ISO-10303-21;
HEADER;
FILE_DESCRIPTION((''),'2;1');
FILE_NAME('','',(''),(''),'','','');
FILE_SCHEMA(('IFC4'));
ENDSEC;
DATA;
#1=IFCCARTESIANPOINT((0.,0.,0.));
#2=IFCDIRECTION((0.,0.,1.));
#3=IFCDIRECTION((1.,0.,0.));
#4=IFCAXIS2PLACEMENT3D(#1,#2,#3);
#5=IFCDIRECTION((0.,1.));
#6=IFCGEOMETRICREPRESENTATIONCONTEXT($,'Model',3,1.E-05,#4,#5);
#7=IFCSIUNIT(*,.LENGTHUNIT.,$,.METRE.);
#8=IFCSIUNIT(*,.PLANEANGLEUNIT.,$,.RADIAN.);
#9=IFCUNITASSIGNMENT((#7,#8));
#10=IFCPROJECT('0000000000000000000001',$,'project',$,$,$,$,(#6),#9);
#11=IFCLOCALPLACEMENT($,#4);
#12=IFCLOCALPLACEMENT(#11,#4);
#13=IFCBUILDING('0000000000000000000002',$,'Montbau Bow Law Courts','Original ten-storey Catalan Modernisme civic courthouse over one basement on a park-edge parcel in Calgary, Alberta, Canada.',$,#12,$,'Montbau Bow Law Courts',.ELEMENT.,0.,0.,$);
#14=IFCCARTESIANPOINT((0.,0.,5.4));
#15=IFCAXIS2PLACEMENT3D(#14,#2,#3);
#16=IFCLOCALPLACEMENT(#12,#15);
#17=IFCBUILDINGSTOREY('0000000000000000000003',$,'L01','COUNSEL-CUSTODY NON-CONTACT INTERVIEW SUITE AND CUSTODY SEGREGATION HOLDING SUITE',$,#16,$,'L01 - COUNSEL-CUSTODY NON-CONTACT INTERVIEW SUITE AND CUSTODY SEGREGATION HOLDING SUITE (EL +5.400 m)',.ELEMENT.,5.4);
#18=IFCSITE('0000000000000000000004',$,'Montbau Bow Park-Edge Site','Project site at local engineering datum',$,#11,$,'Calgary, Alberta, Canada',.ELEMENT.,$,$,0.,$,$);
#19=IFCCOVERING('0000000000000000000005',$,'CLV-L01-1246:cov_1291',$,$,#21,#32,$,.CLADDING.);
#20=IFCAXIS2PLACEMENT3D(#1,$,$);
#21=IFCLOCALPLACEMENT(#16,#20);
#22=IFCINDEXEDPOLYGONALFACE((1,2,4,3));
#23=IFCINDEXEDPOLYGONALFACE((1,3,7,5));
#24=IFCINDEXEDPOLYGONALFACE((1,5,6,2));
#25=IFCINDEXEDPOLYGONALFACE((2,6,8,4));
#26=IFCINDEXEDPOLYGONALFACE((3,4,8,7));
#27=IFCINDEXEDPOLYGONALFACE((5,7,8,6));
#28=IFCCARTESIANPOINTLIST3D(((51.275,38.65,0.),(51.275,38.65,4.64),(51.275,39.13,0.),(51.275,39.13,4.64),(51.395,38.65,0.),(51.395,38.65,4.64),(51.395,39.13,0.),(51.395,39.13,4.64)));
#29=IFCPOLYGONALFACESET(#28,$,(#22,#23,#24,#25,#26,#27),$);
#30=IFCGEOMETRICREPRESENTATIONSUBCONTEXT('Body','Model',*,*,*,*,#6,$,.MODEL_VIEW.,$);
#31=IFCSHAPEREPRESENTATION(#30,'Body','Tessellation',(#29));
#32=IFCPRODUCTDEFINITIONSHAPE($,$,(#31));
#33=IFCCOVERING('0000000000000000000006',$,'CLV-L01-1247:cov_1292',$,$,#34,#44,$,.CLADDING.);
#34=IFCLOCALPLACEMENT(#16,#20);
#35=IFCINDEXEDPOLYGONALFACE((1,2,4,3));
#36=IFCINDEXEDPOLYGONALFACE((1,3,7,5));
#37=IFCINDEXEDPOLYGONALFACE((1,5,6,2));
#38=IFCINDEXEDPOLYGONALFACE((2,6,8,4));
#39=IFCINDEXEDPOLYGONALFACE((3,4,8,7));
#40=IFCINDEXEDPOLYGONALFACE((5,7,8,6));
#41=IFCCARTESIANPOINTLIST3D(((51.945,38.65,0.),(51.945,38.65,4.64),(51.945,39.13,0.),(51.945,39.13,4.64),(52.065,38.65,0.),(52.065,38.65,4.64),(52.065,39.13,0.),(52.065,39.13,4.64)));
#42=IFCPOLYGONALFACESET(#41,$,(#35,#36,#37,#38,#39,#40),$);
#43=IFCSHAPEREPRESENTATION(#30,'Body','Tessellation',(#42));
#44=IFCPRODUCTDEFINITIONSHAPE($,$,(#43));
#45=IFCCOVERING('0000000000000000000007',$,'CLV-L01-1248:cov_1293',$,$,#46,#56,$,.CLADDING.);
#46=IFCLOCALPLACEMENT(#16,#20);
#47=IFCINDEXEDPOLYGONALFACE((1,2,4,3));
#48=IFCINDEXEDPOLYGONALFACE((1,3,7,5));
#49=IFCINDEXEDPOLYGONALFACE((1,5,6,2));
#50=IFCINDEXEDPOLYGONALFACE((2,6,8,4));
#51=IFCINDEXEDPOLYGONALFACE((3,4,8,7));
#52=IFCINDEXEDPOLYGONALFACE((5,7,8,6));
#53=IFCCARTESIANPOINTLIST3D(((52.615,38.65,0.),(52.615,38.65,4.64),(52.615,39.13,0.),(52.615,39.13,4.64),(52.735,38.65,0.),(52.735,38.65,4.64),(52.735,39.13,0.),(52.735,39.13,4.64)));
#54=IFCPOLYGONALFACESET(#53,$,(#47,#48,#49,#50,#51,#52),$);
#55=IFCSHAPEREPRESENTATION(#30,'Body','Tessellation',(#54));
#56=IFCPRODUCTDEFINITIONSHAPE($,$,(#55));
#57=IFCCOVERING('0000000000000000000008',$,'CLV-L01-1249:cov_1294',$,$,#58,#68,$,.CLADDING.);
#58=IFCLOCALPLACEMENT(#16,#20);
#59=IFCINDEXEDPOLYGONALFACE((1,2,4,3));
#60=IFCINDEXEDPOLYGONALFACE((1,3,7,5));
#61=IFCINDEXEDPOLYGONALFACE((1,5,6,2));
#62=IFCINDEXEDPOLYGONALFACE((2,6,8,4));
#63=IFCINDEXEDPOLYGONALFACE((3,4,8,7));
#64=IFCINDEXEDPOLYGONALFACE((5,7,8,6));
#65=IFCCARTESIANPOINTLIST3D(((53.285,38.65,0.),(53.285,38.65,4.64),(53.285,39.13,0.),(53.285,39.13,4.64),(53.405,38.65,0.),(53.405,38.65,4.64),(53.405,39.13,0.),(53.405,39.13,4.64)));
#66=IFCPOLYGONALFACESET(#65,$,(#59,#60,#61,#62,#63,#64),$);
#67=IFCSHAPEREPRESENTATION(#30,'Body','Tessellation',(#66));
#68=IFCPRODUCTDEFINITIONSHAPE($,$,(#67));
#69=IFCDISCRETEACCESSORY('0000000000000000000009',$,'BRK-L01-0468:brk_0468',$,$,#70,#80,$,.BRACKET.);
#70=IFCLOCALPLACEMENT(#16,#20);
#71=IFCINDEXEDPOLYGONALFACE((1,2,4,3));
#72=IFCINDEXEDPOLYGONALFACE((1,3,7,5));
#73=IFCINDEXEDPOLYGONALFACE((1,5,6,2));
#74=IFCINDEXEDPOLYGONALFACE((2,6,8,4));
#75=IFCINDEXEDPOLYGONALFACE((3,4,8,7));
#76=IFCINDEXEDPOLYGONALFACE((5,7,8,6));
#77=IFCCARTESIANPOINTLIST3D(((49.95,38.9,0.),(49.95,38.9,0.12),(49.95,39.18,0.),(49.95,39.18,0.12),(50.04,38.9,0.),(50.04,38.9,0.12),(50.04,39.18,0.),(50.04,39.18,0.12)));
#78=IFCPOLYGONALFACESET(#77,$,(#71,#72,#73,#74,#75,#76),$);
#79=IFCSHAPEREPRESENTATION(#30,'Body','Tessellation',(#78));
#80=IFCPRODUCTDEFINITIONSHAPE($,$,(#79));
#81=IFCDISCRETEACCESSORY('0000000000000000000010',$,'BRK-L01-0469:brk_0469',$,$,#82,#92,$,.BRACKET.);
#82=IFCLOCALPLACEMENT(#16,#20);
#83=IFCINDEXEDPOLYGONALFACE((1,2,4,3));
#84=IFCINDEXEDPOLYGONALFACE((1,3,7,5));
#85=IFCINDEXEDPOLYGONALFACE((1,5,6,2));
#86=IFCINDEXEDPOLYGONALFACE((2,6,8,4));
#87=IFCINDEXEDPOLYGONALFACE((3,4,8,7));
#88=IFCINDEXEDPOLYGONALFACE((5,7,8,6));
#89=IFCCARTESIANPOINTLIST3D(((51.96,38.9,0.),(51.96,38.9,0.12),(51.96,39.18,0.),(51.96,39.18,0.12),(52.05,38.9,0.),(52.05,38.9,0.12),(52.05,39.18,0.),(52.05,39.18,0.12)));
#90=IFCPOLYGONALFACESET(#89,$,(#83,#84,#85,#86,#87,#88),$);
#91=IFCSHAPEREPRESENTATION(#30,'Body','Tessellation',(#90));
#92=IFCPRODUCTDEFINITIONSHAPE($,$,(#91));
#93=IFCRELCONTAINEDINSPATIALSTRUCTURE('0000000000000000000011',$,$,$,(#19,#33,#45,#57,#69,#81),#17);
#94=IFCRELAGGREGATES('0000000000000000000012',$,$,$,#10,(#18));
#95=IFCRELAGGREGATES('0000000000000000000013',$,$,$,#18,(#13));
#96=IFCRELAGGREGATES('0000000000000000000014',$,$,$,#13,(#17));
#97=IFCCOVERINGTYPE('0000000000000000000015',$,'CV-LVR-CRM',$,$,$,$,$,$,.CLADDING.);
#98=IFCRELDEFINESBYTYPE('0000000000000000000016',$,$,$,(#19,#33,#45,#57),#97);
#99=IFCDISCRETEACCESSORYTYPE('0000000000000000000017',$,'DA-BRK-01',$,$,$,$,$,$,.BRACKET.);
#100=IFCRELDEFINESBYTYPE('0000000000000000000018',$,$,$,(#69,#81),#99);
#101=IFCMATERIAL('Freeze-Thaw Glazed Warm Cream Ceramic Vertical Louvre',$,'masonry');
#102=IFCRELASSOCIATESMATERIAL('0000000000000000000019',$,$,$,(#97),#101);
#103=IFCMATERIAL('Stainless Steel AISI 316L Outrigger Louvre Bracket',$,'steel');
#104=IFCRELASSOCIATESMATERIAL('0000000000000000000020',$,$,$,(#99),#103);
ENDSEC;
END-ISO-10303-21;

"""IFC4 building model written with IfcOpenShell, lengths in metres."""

from ifc_helpers import new_model, si_unit, direction, frame, frame_2d, origin_with_axes, origin_2d_with_axis, place, context, subcontext, project, spatial, rectangle, extrude, material, type_object, element, save


model = new_model("IFC4")

# Units and contexts
model_context = context("Model", 3, precision=1e-05, world=origin_with_axes(), true_north=direction((0.0, 1.0)))
body_context = subcontext(model_context, "Body", "Model", "MODEL_VIEW")
ifc_project = project(units=[si_unit("LENGTHUNIT", "METRE"), si_unit("PLANEANGLEUNIT", "RADIAN")], contexts=[model_context])

# Site, building, storey
site_placement = place(None, origin_with_axes())
site = spatial("IfcSite", under=ifc_project, at=site_placement, Name="Montbau Bow Park-Edge Site", Description="Project site at local engineering datum", LongName="Calgary, Alberta, Canada", CompositionType="ELEMENT", RefElevation=0.0)
building_placement = place(site_placement, origin_with_axes())
building = spatial("IfcBuilding", under=site, at=building_placement, Name="Montbau Bow Law Courts", Description="Original ten-storey Catalan Modernisme civic courthouse over one basement on a park-edge parcel in Calgary, Alberta, Canada.", LongName="Montbau Bow Law Courts", CompositionType="ELEMENT", ElevationOfRefHeight=0.0, ElevationOfTerrain=0.0)
storey_placement = place(building_placement, frame((0.0, 0.0, 5.4), z_axis=(0.0, 0.0, 1.0), x_axis=(1.0, 0.0, 0.0)))
storey = spatial("IfcBuildingStorey", under=building, at=storey_placement, Name="L01", Description="COUNSEL-CUSTODY NON-CONTACT INTERVIEW SUITE AND CUSTODY SEGREGATION HOLDING SUITE", LongName="L01 - COUNSEL-CUSTODY NON-CONTACT INTERVIEW SUITE AND CUSTODY SEGREGATION HOLDING SUITE (EL +5.400 m)", CompositionType="ELEMENT", Elevation=5.4)

# Coverings
ifc_material_1 = material(Name="Freeze-Thaw Glazed Warm Cream Ceramic Vertical Louvre", Category="masonry")
covering_type = type_object("IfcCoveringType", Name="CV-LVR-CRM", PredefinedType="CLADDING", material=ifc_material_1)
for number, where, z_axis, x_axis, name in (
    (1, (51.335, 39.13, 5.4), (-1.0, 0.0, 0.0), (0.0, -1.0, 0.0), "CLV-L01-1246:cov_1291"),
    (2, (52.005, 39.13, 5.4), (-1.0, 0.0, 0.0), (0.0, -1.0, 0.0), "CLV-L01-1247:cov_1292"),
    (3, (52.675, 39.13, 5.4), (-1.0, 0.0, 0.0), (0.0, -1.0, 0.0), "CLV-L01-1248:cov_1293"),
    (4, (53.345, 39.13, 5.4), (-1.0, 0.0, 0.0), (0.0, -1.0, 0.0), "CLV-L01-1249:cov_1294"),
):
    element("IfcCovering", number, at=place(None, frame(where, z_axis=z_axis, x_axis=x_axis)), inside=storey, type_object=covering_type, Name=name, PredefinedType="CLADDING", context=body_context, shape_type="SweptSolid", body=[
        extrude(rectangle(XDim=0.48, YDim=4.64, at=frame_2d((0.24, 2.32), x_axis=(1.0, 0.0))), frame((0.0, 0.0, -0.06), z_axis=(0.0, 0.0, 1.0), x_axis=(1.0, 0.0, 0.0)), (0.0, 0.0, 1.0), 0.12),
    ])

# Discrete accessories
ifc_material_2 = material(Name="Stainless Steel AISI 316L Outrigger Louvre Bracket", Category="steel")
discrete_accessory_type = type_object("IfcDiscreteAccessoryType", Name="DA-BRK-01", PredefinedType="BRACKET", material=ifc_material_2)
for number, where, z_axis, x_axis, name in (
    (5, (49.995, 39.04, 5.4), (0.0, 0.0, 1.0), (0.0, -1.0, 0.0), "BRK-L01-0468:brk_0468"),
    (6, (52.005, 39.04, 5.4), (0.0, 0.0, 1.0), (0.0, -1.0, 0.0), "BRK-L01-0469:brk_0469"),
):
    element("IfcDiscreteAccessory", number, at=place(None, frame(where, z_axis=z_axis, x_axis=x_axis)), inside=storey, type_object=discrete_accessory_type, Name=name, PredefinedType="BRACKET", context=body_context, shape_type="SweptSolid", body=[
        extrude(rectangle(XDim=0.28, YDim=0.09, at=origin_2d_with_axis()), origin_with_axes(), (0.0, 0.0, 1.0), 0.12),
    ])

save(model, "model.ifc")
